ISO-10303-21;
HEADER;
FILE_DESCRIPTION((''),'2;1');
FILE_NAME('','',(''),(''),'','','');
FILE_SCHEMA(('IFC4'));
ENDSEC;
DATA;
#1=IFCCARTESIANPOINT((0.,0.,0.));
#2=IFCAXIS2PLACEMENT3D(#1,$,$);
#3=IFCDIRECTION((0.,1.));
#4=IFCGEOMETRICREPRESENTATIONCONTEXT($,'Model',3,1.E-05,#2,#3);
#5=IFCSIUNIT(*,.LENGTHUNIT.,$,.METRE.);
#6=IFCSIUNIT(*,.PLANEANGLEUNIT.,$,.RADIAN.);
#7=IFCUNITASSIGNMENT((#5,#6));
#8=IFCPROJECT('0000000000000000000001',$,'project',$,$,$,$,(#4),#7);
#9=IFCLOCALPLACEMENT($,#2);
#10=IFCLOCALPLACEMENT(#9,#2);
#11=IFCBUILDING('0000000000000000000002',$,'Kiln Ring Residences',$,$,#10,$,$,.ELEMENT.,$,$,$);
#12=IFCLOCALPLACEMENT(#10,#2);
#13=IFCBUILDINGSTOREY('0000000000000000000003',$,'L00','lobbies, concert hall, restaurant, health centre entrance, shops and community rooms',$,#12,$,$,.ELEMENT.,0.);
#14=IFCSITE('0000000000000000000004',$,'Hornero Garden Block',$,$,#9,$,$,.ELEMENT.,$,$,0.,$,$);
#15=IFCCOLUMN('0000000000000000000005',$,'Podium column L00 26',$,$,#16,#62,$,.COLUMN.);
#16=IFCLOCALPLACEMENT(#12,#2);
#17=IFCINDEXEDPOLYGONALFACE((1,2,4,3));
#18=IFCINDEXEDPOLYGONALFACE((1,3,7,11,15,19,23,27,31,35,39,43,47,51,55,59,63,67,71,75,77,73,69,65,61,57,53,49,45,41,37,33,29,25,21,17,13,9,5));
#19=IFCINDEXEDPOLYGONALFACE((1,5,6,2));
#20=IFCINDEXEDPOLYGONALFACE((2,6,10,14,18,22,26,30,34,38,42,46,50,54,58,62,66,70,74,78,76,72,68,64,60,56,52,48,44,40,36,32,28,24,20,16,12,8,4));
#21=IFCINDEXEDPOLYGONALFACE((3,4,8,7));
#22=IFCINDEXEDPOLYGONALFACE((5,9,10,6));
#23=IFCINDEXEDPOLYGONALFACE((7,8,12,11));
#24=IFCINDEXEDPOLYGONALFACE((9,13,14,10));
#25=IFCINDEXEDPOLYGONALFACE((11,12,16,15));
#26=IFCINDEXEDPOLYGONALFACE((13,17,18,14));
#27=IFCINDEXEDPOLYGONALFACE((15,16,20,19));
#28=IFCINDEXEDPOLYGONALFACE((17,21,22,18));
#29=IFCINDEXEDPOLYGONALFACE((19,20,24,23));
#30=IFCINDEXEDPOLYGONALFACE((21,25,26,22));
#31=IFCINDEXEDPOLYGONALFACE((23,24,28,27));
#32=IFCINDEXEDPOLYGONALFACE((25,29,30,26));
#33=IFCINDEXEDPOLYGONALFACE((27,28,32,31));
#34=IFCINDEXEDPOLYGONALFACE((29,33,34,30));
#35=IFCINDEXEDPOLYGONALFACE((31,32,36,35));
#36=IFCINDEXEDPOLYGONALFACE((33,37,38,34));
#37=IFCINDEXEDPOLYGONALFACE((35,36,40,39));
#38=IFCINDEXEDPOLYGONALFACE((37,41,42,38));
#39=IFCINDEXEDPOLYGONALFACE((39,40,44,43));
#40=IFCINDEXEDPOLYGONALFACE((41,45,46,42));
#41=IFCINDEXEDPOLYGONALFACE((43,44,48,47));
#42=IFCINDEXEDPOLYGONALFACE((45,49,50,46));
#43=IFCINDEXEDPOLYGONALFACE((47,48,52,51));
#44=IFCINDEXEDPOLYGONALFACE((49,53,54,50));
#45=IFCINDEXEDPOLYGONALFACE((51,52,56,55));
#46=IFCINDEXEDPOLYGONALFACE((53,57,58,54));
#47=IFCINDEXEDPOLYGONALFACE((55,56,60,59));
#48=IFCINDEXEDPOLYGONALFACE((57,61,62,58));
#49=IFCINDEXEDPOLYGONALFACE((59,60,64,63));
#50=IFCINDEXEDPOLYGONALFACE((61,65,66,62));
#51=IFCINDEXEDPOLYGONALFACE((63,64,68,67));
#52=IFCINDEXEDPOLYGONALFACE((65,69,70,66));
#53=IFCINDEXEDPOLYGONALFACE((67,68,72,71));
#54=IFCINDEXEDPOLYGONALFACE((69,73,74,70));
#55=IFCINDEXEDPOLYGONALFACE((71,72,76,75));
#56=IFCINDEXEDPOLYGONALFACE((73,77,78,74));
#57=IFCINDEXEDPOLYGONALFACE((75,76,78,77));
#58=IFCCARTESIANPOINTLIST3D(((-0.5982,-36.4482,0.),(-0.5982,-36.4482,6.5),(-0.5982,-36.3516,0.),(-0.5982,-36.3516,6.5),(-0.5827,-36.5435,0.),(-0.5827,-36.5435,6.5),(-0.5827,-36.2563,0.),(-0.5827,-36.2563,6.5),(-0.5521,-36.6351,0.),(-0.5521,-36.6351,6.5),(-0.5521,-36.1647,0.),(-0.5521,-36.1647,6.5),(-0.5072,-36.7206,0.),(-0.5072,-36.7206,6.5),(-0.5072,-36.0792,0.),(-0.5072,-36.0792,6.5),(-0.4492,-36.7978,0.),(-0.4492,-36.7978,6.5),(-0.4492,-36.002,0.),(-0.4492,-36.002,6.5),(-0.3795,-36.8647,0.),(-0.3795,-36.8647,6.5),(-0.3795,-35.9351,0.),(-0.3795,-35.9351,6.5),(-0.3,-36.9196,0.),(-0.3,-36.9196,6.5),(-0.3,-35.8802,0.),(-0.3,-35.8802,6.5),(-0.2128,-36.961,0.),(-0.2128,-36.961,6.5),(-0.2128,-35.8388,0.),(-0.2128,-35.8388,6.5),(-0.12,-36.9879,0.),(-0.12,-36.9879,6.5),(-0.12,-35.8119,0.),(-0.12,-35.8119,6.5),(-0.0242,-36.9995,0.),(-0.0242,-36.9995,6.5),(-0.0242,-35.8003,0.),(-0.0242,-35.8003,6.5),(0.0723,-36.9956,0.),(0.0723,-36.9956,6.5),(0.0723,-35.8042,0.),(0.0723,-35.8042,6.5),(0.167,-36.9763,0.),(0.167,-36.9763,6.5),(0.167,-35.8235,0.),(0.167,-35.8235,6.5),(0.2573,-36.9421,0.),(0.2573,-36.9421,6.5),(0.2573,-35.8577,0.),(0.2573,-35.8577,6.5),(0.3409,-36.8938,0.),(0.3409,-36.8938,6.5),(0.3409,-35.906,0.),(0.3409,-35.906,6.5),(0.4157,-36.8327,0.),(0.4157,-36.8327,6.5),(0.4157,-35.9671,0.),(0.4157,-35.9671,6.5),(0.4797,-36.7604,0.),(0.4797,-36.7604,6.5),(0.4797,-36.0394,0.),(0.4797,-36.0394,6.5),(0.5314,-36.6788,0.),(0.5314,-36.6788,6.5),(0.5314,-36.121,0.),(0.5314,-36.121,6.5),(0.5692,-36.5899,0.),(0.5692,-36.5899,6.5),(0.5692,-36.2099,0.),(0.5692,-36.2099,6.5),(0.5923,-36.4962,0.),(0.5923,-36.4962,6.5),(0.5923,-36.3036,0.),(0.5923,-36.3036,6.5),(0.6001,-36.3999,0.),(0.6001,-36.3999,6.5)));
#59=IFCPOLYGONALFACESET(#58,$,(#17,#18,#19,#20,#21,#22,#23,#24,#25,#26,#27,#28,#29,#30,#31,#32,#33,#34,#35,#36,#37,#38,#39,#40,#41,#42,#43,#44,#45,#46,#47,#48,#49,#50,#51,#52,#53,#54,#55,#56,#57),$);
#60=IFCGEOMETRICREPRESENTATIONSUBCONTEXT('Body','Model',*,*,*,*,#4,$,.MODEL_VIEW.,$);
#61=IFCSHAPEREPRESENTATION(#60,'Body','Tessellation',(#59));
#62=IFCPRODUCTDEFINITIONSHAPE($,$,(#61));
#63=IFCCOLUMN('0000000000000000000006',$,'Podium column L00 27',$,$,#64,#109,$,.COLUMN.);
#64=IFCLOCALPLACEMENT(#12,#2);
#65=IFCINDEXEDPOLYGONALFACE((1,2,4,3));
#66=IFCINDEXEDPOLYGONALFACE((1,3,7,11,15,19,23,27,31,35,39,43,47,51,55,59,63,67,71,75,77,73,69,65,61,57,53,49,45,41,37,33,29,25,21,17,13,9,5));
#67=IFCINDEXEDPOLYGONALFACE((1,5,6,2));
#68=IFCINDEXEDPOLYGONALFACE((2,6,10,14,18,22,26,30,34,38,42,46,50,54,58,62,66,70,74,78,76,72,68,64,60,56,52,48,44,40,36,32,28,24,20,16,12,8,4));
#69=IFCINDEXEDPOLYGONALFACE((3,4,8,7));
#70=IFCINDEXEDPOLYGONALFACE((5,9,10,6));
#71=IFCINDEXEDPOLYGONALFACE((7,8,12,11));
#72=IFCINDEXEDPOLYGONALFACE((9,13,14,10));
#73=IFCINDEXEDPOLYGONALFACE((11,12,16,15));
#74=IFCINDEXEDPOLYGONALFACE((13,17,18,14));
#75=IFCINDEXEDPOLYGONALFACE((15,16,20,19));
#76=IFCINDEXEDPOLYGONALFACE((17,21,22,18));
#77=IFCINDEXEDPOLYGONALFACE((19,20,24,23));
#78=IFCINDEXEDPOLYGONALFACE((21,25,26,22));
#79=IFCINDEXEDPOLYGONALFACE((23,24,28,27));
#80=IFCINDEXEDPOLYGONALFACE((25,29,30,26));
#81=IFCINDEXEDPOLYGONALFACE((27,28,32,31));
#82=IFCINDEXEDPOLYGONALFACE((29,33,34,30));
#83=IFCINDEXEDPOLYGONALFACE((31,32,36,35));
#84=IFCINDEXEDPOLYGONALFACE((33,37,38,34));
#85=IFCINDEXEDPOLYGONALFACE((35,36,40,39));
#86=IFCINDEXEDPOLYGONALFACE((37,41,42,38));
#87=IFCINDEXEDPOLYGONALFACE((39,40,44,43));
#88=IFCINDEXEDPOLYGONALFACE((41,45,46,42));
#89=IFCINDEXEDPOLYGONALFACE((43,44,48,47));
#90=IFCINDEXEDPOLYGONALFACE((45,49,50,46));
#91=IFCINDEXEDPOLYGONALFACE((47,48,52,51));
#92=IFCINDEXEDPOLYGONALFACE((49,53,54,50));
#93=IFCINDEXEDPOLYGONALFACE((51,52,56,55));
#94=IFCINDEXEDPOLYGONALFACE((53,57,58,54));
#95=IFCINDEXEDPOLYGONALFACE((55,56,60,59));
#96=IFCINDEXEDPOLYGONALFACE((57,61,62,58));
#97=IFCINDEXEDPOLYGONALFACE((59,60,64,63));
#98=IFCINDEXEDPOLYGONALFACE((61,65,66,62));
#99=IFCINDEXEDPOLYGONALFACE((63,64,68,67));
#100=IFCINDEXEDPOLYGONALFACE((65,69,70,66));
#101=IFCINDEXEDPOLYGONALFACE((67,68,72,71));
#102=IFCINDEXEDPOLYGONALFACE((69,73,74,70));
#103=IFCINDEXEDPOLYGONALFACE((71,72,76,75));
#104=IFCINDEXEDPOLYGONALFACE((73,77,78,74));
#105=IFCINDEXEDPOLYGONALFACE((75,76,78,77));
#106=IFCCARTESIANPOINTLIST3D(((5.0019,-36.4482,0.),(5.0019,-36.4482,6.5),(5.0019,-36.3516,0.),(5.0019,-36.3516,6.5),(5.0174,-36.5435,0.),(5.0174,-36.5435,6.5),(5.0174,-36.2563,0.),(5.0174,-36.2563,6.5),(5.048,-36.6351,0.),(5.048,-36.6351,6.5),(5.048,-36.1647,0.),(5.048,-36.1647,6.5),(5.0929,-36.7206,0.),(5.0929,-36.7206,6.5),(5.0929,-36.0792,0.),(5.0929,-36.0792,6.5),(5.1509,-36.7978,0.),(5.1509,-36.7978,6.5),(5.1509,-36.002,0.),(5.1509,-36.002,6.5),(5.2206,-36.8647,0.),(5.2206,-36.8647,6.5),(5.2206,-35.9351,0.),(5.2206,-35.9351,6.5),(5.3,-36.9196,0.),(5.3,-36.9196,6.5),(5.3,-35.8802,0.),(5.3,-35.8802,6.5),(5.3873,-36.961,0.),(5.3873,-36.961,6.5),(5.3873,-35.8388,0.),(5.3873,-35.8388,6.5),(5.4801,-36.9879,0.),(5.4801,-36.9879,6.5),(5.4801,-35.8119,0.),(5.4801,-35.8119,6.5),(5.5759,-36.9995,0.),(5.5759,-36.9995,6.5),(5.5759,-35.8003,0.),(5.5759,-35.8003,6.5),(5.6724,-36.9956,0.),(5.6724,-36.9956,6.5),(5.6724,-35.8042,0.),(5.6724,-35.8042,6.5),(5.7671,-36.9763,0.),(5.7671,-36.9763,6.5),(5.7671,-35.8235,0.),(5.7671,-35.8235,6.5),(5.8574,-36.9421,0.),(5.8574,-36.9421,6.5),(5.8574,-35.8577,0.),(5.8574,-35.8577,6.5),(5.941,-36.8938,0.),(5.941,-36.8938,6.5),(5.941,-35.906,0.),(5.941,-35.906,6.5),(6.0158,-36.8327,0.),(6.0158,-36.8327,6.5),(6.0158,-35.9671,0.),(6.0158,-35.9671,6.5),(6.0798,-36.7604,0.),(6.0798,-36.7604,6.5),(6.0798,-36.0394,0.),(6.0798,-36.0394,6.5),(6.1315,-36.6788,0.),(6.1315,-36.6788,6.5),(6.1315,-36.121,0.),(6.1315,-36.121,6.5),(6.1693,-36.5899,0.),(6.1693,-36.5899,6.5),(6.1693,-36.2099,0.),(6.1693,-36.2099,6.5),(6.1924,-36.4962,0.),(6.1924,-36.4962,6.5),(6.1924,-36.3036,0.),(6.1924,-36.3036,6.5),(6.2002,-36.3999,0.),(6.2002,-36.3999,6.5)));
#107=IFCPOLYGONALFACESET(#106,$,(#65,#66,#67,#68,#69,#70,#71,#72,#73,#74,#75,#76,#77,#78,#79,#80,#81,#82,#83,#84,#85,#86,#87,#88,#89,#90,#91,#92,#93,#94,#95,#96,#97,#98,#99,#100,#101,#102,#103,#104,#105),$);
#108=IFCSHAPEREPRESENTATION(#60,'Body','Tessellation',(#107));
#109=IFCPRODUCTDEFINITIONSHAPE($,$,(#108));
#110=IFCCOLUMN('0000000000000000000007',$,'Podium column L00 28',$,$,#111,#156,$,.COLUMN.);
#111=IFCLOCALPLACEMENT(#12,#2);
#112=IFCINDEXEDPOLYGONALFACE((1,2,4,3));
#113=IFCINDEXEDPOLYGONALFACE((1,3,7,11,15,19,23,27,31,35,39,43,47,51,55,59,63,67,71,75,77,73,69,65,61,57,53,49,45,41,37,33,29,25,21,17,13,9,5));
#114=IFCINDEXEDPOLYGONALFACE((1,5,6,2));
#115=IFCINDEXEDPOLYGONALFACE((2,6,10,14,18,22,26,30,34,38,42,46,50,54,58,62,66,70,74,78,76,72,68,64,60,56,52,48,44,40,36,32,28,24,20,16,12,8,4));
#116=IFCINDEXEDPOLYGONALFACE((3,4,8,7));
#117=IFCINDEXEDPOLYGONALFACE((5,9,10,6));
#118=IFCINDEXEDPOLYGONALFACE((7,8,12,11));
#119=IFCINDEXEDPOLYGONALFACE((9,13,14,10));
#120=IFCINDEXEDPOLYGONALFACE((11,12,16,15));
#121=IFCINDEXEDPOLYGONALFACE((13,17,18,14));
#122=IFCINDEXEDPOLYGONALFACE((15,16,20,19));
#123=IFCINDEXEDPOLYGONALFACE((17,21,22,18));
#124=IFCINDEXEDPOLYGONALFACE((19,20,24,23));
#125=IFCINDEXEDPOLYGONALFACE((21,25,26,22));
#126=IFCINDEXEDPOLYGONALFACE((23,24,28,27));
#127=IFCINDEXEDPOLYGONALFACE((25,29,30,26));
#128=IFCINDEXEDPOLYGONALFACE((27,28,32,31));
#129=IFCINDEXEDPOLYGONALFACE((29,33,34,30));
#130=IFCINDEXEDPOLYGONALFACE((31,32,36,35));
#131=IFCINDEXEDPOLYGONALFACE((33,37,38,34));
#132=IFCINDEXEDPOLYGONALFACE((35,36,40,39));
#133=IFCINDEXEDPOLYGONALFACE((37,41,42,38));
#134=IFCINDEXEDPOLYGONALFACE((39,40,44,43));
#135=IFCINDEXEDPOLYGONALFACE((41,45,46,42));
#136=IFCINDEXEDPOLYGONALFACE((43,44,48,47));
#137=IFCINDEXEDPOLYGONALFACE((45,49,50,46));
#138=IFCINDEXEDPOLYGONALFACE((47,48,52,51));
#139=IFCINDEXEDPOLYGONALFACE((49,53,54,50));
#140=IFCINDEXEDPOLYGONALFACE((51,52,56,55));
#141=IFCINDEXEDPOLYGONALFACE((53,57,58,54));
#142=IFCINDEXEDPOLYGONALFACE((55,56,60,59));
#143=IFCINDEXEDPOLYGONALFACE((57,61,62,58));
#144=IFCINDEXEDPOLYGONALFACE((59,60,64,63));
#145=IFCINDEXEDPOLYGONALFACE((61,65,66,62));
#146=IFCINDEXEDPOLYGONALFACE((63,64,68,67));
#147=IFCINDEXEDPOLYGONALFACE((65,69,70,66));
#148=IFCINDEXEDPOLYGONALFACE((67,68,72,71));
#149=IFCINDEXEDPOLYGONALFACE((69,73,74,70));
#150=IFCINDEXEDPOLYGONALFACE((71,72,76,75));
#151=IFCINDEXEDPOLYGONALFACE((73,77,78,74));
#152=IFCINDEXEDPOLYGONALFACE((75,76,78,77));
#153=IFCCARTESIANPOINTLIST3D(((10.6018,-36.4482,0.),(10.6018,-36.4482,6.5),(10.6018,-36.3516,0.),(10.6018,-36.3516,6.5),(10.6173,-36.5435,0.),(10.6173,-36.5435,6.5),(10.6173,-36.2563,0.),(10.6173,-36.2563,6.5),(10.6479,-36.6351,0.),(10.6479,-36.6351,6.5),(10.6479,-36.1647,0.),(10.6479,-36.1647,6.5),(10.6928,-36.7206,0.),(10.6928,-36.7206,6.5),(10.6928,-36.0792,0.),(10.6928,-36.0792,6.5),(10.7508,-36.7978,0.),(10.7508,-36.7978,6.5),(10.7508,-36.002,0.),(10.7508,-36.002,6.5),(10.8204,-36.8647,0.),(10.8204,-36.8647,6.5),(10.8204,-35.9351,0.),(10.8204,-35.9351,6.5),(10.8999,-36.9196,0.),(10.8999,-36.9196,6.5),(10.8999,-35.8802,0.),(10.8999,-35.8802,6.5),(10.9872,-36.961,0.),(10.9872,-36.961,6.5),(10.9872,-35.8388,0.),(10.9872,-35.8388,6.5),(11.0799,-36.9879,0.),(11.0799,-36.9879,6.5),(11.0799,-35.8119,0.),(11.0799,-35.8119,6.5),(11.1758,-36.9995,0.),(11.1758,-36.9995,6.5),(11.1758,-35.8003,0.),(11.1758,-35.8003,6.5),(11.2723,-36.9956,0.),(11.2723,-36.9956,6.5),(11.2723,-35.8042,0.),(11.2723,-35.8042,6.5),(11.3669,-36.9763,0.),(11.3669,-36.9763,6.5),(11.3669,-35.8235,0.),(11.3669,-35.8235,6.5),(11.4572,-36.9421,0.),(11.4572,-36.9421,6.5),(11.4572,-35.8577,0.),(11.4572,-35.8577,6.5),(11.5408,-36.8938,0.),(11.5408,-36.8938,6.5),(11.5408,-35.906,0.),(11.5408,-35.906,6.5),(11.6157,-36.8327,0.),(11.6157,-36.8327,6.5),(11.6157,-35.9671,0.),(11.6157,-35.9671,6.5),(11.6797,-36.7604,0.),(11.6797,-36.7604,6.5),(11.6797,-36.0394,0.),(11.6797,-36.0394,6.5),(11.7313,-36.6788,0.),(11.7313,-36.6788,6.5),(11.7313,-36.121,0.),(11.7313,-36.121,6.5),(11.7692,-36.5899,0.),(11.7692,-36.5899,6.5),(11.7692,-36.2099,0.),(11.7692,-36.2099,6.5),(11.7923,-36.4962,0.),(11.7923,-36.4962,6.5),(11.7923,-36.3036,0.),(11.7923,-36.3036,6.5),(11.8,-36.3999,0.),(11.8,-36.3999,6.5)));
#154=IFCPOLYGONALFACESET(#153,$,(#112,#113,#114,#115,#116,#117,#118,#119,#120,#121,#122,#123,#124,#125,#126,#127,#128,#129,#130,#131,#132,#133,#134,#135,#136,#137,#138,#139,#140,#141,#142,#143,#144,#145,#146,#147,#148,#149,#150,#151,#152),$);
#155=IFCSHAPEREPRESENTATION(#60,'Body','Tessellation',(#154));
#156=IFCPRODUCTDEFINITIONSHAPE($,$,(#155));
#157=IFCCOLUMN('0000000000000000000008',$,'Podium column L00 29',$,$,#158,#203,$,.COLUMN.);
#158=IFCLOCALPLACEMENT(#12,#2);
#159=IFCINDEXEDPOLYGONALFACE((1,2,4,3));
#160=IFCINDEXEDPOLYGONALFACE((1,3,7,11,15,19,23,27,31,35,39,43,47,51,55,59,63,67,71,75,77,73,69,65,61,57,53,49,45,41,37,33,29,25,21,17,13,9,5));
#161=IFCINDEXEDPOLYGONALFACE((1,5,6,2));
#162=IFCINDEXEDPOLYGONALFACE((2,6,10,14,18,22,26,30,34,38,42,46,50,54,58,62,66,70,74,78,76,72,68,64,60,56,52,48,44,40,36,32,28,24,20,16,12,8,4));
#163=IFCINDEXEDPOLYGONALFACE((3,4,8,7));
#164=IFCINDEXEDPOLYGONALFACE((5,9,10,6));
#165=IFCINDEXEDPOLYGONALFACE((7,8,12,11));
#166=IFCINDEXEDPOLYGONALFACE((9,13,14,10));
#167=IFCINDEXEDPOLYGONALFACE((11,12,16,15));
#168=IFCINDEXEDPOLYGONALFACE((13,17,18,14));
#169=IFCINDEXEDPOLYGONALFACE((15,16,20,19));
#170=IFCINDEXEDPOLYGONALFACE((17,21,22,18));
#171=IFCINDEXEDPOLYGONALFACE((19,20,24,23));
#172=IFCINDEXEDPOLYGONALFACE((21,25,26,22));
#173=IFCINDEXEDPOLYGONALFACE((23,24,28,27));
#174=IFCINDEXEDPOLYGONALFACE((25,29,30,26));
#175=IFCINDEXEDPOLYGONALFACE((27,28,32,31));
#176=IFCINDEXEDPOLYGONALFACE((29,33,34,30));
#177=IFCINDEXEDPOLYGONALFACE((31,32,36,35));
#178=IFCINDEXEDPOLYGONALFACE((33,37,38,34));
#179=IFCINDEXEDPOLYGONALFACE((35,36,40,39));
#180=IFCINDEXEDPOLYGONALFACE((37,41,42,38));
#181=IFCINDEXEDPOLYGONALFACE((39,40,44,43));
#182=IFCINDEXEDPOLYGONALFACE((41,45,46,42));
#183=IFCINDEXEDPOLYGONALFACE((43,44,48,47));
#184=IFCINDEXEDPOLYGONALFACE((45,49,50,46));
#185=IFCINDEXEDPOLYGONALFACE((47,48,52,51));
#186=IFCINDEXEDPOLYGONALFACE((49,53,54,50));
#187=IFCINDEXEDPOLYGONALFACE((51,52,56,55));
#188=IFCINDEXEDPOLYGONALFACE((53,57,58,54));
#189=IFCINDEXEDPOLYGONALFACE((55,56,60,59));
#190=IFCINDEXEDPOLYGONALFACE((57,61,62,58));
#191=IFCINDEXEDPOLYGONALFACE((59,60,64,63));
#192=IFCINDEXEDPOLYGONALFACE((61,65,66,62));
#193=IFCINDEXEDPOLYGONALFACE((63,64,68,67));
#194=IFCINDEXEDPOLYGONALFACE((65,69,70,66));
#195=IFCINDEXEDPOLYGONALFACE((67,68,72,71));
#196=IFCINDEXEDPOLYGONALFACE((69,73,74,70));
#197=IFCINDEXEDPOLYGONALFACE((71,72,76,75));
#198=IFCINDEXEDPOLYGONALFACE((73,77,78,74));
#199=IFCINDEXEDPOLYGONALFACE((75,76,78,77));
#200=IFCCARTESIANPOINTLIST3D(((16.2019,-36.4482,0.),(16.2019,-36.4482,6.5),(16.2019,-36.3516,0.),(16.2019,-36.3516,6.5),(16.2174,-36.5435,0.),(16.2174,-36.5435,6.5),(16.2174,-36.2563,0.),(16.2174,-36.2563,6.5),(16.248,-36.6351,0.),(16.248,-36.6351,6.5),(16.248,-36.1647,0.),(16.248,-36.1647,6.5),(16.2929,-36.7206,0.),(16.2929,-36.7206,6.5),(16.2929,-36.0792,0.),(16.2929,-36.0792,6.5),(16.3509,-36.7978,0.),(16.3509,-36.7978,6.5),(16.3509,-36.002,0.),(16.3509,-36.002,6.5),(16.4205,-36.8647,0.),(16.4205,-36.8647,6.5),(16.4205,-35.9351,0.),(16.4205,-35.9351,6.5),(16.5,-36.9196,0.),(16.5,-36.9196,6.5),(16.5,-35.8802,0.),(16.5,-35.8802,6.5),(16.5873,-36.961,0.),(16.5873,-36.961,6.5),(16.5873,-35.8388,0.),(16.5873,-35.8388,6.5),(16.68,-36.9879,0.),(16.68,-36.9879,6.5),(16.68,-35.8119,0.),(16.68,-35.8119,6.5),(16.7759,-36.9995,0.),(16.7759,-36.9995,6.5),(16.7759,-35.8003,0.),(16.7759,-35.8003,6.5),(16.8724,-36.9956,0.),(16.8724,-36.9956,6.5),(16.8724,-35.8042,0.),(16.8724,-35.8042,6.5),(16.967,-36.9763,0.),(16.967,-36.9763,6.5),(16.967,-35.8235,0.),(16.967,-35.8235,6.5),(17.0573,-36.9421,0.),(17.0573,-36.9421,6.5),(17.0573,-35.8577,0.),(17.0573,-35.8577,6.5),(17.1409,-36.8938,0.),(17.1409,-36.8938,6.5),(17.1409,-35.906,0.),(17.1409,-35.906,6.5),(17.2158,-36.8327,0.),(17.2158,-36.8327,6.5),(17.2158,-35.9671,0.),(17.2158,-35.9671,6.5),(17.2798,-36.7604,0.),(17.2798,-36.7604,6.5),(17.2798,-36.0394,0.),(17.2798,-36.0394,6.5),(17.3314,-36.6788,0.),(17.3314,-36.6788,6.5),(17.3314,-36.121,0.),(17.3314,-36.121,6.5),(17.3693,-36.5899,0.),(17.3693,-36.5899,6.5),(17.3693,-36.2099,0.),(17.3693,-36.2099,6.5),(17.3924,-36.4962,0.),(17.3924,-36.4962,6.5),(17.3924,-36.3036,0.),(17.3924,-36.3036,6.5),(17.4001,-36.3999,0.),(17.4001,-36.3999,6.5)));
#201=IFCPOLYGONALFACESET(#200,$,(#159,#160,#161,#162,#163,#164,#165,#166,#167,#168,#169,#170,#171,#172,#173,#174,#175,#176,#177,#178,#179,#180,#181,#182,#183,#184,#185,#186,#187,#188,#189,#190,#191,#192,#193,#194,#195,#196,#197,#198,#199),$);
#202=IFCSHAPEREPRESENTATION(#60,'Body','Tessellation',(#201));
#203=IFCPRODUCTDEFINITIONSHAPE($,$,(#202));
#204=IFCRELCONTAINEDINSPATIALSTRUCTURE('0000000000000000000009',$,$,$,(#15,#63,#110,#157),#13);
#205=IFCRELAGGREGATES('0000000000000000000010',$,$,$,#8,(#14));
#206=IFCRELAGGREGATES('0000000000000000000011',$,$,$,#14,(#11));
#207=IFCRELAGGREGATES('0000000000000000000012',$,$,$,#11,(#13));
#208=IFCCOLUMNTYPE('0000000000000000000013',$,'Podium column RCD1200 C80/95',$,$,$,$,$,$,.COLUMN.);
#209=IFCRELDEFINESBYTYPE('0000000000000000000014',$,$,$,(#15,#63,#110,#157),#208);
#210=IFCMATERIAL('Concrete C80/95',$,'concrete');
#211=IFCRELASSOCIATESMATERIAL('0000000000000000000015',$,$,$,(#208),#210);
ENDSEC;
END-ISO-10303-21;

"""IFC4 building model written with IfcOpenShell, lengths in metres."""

from ifc_helpers import new_model, si_unit, direction, frame, origin, origin_2d, place, context, subcontext, project, spatial, circle, extrude, material, material_profile, profile_set, type_object, element, save


model = new_model("IFC4")

# Units and contexts
model_context = context("Model", 3, precision=1e-05, world=origin(), true_north=direction((0.0, 1.0)))
body_context = subcontext(model_context, "Body", "Model", "MODEL_VIEW")
ifc_project = project(units=[si_unit("LENGTHUNIT", "METRE"), si_unit("PLANEANGLEUNIT", "RADIAN")], contexts=[model_context])

# Site, building, storey
site_placement = place(None, origin())
site = spatial("IfcSite", under=ifc_project, at=site_placement, Name="Hornero Garden Block", CompositionType="ELEMENT", RefElevation=0.0)
building_placement = place(site_placement, origin())
building = spatial("IfcBuilding", under=site, at=building_placement, Name="Kiln Ring Residences", CompositionType="ELEMENT")
storey_placement = place(building_placement, origin())
storey = spatial("IfcBuildingStorey", under=building, at=storey_placement, Name="L00", Description="lobbies, concert hall, restaurant, health centre entrance, shops and community rooms", CompositionType="ELEMENT", Elevation=0.0)

# Columns
ifc_material_1 = material(Name="Concrete C80/95", Category="concrete")
ifc_material_profile_1 = material_profile(ifc_material_1, circle(Radius=0.6001, at=origin_2d()), Name="RCD1200")
ifc_profile_set_1 = profile_set([ifc_material_profile_1], Name="Concrete C80/95")
column_type = type_object("IfcColumnType", Name="Podium column RCD1200 C80/95", PredefinedType="COLUMN", material=ifc_profile_set_1)
for number, where, z_axis, x_axis, name in (
    (1, (0.0, -36.3999, 0.0), (0.0, 0.0, 1.0), (1.0, 0.0, 0.0), "Podium column L00 26"),
    (2, (5.6001, -36.3999, 0.0), (0.0, 0.0, 1.0), (1.0, 0.0, 0.0), "Podium column L00 27"),
    (3, (11.2, -36.3999, 0.0), (0.0, 0.0, 1.0), (1.0, 0.0, 0.0), "Podium column L00 28"),
    (4, (16.8, -36.3999, 0.0), (0.0, 0.0, 1.0), (1.0, 0.0, 0.0), "Podium column L00 29"),
):
    element("IfcColumn", number, at=place(storey_placement, frame(where, z_axis=z_axis, x_axis=x_axis)), inside=storey, type_object=column_type, Name=name, PredefinedType="COLUMN", context=body_context, shape_type="SweptSolid", body=[
        extrude(circle(Radius=0.6001, at=origin_2d()), origin(), (0.0, 0.0, 1.0), 6.5),
    ])

save(model, "model.ifc")
